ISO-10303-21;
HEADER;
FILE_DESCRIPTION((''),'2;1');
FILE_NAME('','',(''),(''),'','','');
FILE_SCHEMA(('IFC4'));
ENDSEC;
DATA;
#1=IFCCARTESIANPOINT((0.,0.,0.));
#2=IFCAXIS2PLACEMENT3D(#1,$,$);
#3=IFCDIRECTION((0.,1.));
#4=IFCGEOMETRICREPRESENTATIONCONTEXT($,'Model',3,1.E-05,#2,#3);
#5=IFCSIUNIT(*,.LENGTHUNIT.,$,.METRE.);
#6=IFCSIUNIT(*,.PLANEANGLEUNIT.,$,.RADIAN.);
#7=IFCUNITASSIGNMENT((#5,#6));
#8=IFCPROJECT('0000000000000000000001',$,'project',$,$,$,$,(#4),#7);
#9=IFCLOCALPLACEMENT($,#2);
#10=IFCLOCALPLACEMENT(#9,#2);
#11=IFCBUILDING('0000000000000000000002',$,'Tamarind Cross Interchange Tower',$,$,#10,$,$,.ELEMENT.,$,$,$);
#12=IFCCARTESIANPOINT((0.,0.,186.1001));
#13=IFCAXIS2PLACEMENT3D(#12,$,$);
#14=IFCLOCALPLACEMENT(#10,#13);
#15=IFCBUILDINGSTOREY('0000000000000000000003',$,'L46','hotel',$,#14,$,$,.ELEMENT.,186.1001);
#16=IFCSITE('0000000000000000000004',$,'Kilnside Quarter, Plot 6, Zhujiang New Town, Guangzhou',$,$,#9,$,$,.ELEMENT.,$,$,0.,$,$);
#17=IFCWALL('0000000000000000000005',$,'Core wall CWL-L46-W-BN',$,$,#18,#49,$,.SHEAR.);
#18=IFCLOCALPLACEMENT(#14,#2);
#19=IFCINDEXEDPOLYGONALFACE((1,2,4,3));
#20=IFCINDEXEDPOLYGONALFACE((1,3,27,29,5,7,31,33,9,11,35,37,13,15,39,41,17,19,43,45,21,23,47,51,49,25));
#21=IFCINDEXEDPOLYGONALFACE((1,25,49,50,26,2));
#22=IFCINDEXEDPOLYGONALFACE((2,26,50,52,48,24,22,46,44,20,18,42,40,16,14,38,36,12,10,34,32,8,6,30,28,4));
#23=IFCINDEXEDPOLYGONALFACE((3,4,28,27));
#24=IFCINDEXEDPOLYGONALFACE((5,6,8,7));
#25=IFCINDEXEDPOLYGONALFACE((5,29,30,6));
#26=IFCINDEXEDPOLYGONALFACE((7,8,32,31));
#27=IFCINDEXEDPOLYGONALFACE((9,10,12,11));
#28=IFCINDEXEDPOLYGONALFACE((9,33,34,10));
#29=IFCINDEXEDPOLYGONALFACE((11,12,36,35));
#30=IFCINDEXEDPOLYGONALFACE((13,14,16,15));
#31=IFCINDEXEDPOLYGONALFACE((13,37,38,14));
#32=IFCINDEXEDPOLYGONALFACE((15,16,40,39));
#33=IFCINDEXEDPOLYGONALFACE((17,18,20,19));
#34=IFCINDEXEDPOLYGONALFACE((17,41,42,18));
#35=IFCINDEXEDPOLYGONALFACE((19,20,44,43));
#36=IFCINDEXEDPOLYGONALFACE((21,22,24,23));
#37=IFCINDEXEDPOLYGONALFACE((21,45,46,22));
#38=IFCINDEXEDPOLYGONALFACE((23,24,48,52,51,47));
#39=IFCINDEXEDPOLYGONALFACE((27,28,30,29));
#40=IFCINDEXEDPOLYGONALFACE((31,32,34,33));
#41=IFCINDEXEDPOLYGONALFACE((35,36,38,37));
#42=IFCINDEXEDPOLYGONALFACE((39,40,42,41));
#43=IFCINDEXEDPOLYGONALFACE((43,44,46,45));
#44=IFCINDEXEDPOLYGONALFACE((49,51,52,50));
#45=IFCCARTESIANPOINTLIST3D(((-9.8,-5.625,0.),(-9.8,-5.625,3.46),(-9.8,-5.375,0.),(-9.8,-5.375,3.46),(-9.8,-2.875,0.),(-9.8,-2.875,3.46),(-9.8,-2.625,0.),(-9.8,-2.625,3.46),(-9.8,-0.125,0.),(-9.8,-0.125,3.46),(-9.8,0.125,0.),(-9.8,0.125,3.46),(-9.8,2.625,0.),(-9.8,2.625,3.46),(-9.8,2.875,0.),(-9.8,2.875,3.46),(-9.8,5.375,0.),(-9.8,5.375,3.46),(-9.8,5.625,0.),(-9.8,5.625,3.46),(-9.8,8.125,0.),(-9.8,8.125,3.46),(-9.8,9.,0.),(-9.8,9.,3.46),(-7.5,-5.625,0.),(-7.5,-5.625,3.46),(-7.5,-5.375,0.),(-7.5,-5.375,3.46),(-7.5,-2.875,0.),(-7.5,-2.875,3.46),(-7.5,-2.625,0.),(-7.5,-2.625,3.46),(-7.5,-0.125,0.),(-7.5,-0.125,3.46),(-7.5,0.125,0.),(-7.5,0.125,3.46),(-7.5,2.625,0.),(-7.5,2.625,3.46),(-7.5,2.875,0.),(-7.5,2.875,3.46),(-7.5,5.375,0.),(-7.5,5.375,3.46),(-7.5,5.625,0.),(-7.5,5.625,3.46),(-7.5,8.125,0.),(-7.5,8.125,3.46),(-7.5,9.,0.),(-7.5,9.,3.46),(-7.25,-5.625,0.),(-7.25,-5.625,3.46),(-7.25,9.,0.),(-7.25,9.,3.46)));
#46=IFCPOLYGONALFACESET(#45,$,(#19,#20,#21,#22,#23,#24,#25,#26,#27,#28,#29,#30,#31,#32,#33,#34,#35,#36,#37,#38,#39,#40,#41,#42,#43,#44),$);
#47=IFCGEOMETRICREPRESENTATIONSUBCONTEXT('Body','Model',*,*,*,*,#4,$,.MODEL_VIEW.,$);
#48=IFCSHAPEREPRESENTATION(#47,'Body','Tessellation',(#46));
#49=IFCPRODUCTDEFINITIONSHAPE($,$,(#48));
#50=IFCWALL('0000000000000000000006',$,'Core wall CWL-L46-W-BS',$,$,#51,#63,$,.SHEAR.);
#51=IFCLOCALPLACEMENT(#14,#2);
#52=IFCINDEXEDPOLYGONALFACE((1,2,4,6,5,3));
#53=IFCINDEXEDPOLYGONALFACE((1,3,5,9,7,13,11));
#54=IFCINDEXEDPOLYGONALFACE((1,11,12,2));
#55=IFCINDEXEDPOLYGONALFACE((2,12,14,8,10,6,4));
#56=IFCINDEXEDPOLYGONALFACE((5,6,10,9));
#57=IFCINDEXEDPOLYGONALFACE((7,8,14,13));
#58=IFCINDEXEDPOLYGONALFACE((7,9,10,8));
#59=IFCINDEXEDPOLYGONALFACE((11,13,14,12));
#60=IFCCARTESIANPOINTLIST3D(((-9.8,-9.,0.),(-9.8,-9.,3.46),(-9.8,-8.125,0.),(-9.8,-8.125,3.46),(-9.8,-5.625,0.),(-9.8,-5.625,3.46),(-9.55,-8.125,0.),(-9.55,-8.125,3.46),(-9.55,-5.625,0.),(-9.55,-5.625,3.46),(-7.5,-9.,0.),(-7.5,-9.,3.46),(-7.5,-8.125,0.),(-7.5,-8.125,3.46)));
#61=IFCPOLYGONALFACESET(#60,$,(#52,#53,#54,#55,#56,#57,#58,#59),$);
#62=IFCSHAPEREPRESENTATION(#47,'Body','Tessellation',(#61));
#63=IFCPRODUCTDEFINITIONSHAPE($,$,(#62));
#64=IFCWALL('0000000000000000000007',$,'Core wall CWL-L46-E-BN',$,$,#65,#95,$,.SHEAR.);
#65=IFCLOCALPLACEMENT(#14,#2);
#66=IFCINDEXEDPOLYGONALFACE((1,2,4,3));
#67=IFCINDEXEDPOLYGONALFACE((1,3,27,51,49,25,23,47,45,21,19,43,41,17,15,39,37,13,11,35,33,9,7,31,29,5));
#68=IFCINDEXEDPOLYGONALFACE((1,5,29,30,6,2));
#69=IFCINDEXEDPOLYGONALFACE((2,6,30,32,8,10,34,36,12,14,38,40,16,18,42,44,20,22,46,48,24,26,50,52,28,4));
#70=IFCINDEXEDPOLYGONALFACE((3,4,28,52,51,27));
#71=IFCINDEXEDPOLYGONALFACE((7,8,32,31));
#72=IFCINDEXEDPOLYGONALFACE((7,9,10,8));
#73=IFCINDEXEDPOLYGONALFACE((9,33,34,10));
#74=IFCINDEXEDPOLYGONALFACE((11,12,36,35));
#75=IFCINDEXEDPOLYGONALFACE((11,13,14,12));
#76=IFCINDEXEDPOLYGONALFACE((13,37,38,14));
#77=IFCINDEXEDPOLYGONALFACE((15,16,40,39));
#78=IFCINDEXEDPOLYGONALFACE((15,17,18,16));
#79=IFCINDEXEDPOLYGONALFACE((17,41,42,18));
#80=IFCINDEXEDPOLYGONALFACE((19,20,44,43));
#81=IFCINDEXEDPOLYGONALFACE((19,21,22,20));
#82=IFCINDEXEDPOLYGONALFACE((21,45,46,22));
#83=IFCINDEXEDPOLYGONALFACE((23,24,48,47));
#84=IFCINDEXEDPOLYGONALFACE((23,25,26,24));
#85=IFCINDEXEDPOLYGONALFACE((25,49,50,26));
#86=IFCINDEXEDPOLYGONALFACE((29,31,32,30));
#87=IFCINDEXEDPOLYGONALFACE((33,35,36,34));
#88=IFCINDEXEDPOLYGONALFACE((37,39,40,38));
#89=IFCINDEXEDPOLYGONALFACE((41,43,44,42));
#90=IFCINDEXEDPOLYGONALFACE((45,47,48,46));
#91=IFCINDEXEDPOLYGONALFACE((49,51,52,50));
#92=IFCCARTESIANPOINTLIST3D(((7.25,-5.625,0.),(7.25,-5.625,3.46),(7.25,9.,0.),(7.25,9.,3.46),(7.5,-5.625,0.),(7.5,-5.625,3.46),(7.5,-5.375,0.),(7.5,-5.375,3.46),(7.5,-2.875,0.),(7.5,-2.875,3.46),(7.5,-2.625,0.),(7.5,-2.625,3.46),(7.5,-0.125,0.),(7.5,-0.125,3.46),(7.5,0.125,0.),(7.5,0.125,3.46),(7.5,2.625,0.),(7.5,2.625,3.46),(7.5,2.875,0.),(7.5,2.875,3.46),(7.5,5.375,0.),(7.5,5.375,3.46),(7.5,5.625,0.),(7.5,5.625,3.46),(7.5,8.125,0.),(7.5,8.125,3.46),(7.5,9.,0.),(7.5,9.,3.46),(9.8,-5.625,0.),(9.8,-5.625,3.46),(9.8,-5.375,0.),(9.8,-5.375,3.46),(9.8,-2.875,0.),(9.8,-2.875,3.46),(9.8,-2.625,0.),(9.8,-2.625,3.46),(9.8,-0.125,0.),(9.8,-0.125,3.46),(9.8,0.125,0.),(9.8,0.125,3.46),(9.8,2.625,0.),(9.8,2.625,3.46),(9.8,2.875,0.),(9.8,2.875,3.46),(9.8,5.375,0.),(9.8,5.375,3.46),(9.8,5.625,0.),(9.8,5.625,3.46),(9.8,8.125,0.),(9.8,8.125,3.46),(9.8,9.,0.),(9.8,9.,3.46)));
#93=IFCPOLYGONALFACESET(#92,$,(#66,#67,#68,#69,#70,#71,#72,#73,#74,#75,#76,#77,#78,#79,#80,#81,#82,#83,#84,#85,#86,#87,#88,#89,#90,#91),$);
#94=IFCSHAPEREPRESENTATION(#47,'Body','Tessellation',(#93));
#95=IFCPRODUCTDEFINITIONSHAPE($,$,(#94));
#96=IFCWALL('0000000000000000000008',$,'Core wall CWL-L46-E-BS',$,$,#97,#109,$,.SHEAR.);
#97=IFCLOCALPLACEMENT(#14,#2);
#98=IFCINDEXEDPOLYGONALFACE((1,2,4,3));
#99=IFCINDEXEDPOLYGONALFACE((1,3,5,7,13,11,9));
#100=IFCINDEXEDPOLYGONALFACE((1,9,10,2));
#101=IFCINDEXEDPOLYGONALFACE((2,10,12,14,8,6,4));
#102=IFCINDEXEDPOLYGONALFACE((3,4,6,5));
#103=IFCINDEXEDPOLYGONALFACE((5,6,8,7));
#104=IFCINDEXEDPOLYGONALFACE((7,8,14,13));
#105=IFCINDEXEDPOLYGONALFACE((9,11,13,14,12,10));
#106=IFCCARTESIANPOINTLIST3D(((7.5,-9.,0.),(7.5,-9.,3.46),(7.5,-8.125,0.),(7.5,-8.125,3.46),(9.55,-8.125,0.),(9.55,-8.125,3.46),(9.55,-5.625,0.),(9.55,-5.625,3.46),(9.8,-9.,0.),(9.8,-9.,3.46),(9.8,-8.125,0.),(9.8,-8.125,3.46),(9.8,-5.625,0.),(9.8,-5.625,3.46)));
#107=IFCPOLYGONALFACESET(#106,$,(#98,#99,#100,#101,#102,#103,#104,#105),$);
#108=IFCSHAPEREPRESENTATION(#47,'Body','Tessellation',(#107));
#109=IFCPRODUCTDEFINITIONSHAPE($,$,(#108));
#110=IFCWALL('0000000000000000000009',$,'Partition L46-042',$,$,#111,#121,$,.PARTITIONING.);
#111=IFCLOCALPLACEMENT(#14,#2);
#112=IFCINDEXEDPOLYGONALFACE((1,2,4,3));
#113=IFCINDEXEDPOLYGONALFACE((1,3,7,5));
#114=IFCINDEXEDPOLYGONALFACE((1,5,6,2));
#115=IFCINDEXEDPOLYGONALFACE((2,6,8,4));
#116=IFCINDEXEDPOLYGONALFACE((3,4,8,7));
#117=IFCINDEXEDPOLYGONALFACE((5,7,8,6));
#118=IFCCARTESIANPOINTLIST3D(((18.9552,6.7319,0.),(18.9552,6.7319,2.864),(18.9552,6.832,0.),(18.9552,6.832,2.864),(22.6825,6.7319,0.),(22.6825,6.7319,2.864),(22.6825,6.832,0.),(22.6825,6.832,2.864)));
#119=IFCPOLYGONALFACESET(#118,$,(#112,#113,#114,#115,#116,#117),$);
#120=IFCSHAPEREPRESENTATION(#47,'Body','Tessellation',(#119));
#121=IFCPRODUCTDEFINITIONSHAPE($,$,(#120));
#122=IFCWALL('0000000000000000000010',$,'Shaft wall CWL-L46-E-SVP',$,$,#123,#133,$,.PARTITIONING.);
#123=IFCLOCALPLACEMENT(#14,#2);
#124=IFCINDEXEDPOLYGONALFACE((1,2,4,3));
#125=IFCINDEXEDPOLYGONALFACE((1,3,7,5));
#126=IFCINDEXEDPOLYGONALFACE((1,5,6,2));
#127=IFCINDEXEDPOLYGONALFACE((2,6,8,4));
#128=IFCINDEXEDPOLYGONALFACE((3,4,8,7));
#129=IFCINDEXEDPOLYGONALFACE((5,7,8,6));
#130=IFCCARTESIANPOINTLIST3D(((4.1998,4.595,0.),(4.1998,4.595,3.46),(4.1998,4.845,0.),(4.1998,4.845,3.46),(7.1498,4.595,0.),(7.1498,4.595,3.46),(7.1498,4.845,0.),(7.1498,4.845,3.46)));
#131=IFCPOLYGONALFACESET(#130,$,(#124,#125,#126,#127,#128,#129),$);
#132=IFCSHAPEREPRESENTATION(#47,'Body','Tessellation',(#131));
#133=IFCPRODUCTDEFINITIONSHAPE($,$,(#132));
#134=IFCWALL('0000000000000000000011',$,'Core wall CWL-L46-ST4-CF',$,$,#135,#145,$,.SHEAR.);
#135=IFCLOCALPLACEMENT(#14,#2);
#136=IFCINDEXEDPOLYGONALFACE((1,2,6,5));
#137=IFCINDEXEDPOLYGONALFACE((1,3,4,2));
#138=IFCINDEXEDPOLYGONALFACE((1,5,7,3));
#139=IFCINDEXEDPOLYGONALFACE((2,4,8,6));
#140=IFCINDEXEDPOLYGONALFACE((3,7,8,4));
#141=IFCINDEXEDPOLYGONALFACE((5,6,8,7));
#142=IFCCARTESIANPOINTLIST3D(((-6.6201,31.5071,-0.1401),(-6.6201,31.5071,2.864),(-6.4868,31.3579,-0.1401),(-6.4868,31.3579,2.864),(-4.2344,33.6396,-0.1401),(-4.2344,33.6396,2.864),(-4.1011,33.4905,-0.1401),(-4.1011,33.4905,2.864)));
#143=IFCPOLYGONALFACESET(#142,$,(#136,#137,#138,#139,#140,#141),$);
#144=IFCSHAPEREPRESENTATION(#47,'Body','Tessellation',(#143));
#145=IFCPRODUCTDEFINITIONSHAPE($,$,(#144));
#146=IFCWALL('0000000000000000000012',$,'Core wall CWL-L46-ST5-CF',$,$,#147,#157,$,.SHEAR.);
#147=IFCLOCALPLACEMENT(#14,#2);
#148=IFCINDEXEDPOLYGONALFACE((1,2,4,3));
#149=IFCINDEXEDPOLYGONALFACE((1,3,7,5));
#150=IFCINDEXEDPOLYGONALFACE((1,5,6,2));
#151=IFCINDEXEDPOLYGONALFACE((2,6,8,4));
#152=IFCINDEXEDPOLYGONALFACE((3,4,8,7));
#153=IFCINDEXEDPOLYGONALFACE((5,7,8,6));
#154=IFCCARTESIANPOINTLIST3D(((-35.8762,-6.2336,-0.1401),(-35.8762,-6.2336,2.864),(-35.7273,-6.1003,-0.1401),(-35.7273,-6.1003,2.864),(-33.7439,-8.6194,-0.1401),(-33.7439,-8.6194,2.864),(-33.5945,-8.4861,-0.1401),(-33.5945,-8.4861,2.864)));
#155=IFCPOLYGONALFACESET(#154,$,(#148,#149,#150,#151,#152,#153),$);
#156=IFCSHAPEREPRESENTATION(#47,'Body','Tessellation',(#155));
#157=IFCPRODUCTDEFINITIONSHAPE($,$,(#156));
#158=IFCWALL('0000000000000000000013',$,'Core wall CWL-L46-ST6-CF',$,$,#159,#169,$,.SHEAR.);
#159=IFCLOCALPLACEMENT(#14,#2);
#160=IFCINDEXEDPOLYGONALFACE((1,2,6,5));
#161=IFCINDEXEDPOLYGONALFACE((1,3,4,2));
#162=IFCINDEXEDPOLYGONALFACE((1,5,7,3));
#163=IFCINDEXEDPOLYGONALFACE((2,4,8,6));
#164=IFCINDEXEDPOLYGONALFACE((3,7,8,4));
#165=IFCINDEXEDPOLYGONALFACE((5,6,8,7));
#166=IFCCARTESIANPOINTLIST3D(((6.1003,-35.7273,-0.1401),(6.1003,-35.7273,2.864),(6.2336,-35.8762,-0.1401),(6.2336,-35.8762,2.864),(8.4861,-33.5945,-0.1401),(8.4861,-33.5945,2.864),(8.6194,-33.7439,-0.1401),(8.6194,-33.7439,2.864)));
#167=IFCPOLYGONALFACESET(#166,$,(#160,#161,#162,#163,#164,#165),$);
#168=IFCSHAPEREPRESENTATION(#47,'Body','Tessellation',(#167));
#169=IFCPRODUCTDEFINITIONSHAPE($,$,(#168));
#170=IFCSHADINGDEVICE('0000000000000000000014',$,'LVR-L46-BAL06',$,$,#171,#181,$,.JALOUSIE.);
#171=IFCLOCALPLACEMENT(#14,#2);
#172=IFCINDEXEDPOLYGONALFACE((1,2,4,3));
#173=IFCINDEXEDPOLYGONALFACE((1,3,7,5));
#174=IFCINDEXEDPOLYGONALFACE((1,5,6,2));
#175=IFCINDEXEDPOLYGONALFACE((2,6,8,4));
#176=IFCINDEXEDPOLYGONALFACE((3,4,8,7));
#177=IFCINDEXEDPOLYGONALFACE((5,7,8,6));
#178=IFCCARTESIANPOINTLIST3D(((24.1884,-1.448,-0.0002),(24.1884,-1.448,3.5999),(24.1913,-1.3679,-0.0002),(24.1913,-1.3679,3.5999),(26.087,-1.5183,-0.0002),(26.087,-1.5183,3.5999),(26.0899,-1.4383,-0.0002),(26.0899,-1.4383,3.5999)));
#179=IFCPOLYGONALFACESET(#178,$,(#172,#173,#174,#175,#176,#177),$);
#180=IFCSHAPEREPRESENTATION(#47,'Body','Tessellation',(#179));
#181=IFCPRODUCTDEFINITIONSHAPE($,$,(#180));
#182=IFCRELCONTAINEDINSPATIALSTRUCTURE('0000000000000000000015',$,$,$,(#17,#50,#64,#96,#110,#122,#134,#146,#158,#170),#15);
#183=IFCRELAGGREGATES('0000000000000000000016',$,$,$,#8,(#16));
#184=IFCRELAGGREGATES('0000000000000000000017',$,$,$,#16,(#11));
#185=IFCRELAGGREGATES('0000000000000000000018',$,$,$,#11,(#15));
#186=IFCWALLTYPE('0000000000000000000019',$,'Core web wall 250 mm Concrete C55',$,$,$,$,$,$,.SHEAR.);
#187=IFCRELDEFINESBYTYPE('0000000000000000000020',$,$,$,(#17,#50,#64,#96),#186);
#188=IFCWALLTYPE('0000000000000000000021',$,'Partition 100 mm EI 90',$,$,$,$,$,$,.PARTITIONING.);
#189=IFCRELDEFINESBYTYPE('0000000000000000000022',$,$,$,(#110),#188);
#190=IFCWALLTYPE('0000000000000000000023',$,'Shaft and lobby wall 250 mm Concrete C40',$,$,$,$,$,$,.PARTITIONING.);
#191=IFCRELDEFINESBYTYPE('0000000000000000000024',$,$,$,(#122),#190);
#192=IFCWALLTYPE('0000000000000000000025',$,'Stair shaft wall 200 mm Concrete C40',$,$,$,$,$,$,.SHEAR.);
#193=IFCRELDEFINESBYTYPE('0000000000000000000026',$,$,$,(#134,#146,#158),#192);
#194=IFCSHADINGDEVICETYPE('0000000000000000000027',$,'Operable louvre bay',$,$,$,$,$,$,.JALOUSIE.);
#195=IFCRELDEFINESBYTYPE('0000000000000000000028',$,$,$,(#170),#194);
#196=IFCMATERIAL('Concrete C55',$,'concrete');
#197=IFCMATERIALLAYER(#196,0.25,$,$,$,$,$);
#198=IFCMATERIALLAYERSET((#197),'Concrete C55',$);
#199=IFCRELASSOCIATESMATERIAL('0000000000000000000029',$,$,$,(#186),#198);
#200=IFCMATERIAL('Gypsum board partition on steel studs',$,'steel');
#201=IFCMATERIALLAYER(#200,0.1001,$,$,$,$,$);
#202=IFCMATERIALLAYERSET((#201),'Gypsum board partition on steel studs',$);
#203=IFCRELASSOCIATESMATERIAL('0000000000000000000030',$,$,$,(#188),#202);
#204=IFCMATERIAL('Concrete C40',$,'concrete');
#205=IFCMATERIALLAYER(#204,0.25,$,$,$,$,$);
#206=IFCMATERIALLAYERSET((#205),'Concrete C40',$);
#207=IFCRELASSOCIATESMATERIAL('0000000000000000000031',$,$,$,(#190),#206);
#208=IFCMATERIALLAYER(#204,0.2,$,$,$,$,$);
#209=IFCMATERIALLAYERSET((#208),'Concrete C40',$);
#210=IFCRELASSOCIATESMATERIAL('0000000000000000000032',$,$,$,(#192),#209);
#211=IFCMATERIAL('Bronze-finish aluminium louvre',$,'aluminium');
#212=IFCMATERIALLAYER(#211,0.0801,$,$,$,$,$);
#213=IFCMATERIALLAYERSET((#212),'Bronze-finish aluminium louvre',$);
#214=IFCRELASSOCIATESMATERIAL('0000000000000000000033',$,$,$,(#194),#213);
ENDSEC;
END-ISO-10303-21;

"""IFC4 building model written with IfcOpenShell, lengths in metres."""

from ifc_helpers import new_model, si_unit, direction, frame, frame_2d, origin, origin_2d, place, context, subcontext, project, spatial, polyline, rectangle, outline, extrude, material, layer, layer_set, type_object, element, save


model = new_model("IFC4")

# Units and contexts
model_context = context("Model", 3, precision=1e-05, world=origin(), true_north=direction((0.0, 1.0)))
body_context = subcontext(model_context, "Body", "Model", "MODEL_VIEW")
ifc_project = project(units=[si_unit("LENGTHUNIT", "METRE"), si_unit("PLANEANGLEUNIT", "RADIAN")], contexts=[model_context])

# Site, building, storey
site_placement = place(None, origin())
site = spatial("IfcSite", under=ifc_project, at=site_placement, Name="Kilnside Quarter, Plot 6, Zhujiang New Town, Guangzhou", CompositionType="ELEMENT", RefElevation=0.0)
building_placement = place(site_placement, origin())
building = spatial("IfcBuilding", under=site, at=building_placement, Name="Tamarind Cross Interchange Tower", CompositionType="ELEMENT")
storey_placement = place(building_placement, frame((0.0, 0.0, 186.1001)))
storey = spatial("IfcBuildingStorey", under=building, at=storey_placement, Name="L46", Description="hotel", CompositionType="ELEMENT", Elevation=186.1001)

# Shared definitions
ifc_material_1 = material(Name="Concrete C55", Category="concrete")

# Shared definitions
ifc_material_2 = material(Name="Concrete C40", Category="concrete")

# Walls
ifc_layer_1 = layer(ifc_material_1, 0.25)
ifc_layer_set_1 = layer_set([ifc_layer_1], Name="Concrete C55")
wall_type_1 = type_object("IfcWallType", Name="Core web wall 250 mm Concrete C55", PredefinedType="SHEAR", material=ifc_layer_set_1)
wall_1_placement = place(storey_placement, origin())
element("IfcWall", 1, at=wall_1_placement, inside=storey, type_object=wall_type_1, Name="Core wall CWL-L46-W-BN", PredefinedType="SHEAR", context=body_context, shape_type="SweptSolid", body=[
    extrude(outline(polyline([(-9.8, -5.375), (-9.8, -5.625), (-7.5, -5.625), (-7.25, -5.625), (-7.25, 9.0), (-7.5, 9.0), (-9.8, 9.0), (-9.8, 8.125), (-7.5, 8.125), (-7.5, 5.625), (-9.8, 5.625), (-9.8, 5.375), (-7.5, 5.375), (-7.5, 2.875), (-9.8, 2.875), (-9.8, 2.625), (-7.5, 2.625), (-7.5, 0.125), (-9.8, 0.125), (-9.8, -0.125), (-7.5, -0.125), (-7.5, -2.625), (-9.8, -2.625), (-9.8, -2.875), (-7.5, -2.875), (-7.5, -5.375), (-9.8, -5.375)])), origin(), (0.0, 0.0, 1.0), 3.46),
])
wall_2_placement = place(storey_placement, origin())
element("IfcWall", 2, at=wall_2_placement, inside=storey, type_object=wall_type_1, Name="Core wall CWL-L46-W-BS", PredefinedType="SHEAR", context=body_context, shape_type="SweptSolid", body=[
    extrude(outline(polyline([(-7.5, -8.125), (-9.55, -8.125), (-9.55, -5.625), (-9.8, -5.625), (-9.8, -8.125), (-9.8, -9.0), (-7.5, -9.0), (-7.5, -8.125)])), origin(), (0.0, 0.0, 1.0), 3.46),
])
wall_3_placement = place(storey_placement, origin())
element("IfcWall", 3, at=wall_3_placement, inside=storey, type_object=wall_type_1, Name="Core wall CWL-L46-E-BN", PredefinedType="SHEAR", context=body_context, shape_type="SweptSolid", body=[
    extrude(outline(polyline([(9.8, -5.375), (7.5, -5.375), (7.5, -2.875), (9.8, -2.875), (9.8, -2.625), (7.5, -2.625), (7.5, -0.125), (9.8, -0.125), (9.8, 0.125), (7.5, 0.125), (7.5, 2.625), (9.8, 2.625), (9.8, 2.875), (7.5, 2.875), (7.5, 5.375), (9.8, 5.375), (9.8, 5.625), (7.5, 5.625), (7.5, 8.125), (9.8, 8.125), (9.8, 9.0), (7.5, 9.0), (7.25, 9.0), (7.25, -5.625), (7.5, -5.625), (9.8, -5.625), (9.8, -5.375)])), origin(), (0.0, 0.0, 1.0), 3.46),
])
wall_4_placement = place(storey_placement, origin())
element("IfcWall", 4, at=wall_4_placement, inside=storey, type_object=wall_type_1, Name="Core wall CWL-L46-E-BS", PredefinedType="SHEAR", context=body_context, shape_type="SweptSolid", body=[
    extrude(outline(polyline([(7.5, -8.125), (7.5, -9.0), (9.8, -9.0), (9.8, -8.125), (9.8, -5.625), (9.55, -5.625), (9.55, -8.125), (7.5, -8.125)])), origin(), (0.0, 0.0, 1.0), 3.46),
])
ifc_material_3 = material(Name="Gypsum board partition on steel studs", Category="steel")
ifc_layer_2 = layer(ifc_material_3, 0.1001)
ifc_layer_set_2 = layer_set([ifc_layer_2], Name="Gypsum board partition on steel studs")
wall_type_2 = type_object("IfcWallType", Name="Partition 100 mm EI 90", PredefinedType="PARTITIONING", material=ifc_layer_set_2)
wall_5_placement = place(storey_placement, frame((18.9551, 6.782, 0.0), z_axis=(0.0, 0.0, 1.0), x_axis=(1.0, 0.0, 0.0)))
element("IfcWall", 5, at=wall_5_placement, inside=storey, type_object=wall_type_2, Name="Partition L46-042", PredefinedType="PARTITIONING", context=body_context, shape_type="SweptSolid", body=[
    extrude(rectangle(XDim=3.7273, YDim=0.1001, at=frame_2d((1.8638, 0.0))), origin(), (0.0, 0.0, 1.0), 2.864),
])
ifc_layer_3 = layer(ifc_material_2, 0.25)
ifc_layer_set_3 = layer_set([ifc_layer_3], Name="Concrete C40")
wall_type_3 = type_object("IfcWallType", Name="Shaft and lobby wall 250 mm Concrete C40", PredefinedType="PARTITIONING", material=ifc_layer_set_3)
wall_6_placement = place(storey_placement, frame((7.1499, 4.72, 0.0), z_axis=(0.0, 0.0, 1.0), x_axis=(-1.0, 0.0, 0.0)))
element("IfcWall", 6, at=wall_6_placement, inside=storey, type_object=wall_type_3, Name="Shaft wall CWL-L46-E-SVP", PredefinedType="PARTITIONING", context=body_context, shape_type="SweptSolid", body=[
    extrude(rectangle(XDim=2.95, YDim=0.25, at=frame_2d((1.4751, 0.0))), origin(), (0.0, 0.0, 1.0), 3.46),
])
ifc_layer_4 = layer(ifc_material_2, 0.2)
ifc_layer_set_4 = layer_set([ifc_layer_4], Name="Concrete C40")
wall_type_4 = type_object("IfcWallType", Name="Stair shaft wall 200 mm Concrete C40", PredefinedType="SHEAR", material=ifc_layer_set_4)
wall_7_placement = place(storey_placement, frame((0.0, 0.0, -0.1401)))
element("IfcWall", 7, at=wall_7_placement, inside=storey, type_object=wall_type_4, Name="Core wall CWL-L46-ST4-CF", PredefinedType="SHEAR", context=body_context, shape_type="SweptSolid", body=[
    extrude(outline(polyline([(-4.1011, 33.4905), (-4.2344, 33.6396), (-6.6201, 31.5071), (-6.4868, 31.3579), (-4.1011, 33.4905)])), origin(), (0.0, 0.0, 1.0), 3.0042),
])
wall_8_placement = place(storey_placement, frame((0.0, 0.0, -0.1401)))
element("IfcWall", 8, at=wall_8_placement, inside=storey, type_object=wall_type_4, Name="Core wall CWL-L46-ST5-CF", PredefinedType="SHEAR", context=body_context, shape_type="SweptSolid", body=[
    extrude(outline(polyline([(-35.7273, -6.1003), (-35.8762, -6.2336), (-33.7439, -8.6194), (-33.5945, -8.4861), (-35.7273, -6.1003)])), origin(), (0.0, 0.0, 1.0), 3.0042),
])
wall_9_placement = place(storey_placement, frame((0.0, 0.0, -0.1401)))
element("IfcWall", 9, at=wall_9_placement, inside=storey, type_object=wall_type_4, Name="Core wall CWL-L46-ST6-CF", PredefinedType="SHEAR", context=body_context, shape_type="SweptSolid", body=[
    extrude(outline(polyline([(6.1003, -35.7273), (6.2336, -35.8762), (8.6194, -33.7439), (8.4861, -33.5945), (6.1003, -35.7273)])), origin(), (0.0, 0.0, 1.0), 3.0042),
])

# Shading device
ifc_material_4 = material(Name="Bronze-finish aluminium louvre", Category="aluminium")
ifc_layer_5 = layer(ifc_material_4, 0.0801)
ifc_layer_set_5 = layer_set([ifc_layer_5], Name="Bronze-finish aluminium louvre")
shading_device_type = type_object("IfcShadingDeviceType", Name="Operable louvre bay", PredefinedType="JALOUSIE", material=ifc_layer_set_5)
shading_device_1_placement = place(storey_placement, origin())
element("IfcShadingDevice", 10, at=shading_device_1_placement, inside=storey, type_object=shading_device_type, Name="LVR-L46-BAL06", PredefinedType="JALOUSIE", context=body_context, shape_type="SweptSolid", body=[
    extrude(rectangle(XDim=1.8999, YDim=0.0801, at=origin_2d()), frame((25.1392, -1.4431, -0.0002), z_axis=(0.0, 0.0, 1.0), x_axis=(0.999314, -0.037025, 0.0)), (0.0, 0.0, 1.0), 3.6001),
])

save(model, "model.ifc")
